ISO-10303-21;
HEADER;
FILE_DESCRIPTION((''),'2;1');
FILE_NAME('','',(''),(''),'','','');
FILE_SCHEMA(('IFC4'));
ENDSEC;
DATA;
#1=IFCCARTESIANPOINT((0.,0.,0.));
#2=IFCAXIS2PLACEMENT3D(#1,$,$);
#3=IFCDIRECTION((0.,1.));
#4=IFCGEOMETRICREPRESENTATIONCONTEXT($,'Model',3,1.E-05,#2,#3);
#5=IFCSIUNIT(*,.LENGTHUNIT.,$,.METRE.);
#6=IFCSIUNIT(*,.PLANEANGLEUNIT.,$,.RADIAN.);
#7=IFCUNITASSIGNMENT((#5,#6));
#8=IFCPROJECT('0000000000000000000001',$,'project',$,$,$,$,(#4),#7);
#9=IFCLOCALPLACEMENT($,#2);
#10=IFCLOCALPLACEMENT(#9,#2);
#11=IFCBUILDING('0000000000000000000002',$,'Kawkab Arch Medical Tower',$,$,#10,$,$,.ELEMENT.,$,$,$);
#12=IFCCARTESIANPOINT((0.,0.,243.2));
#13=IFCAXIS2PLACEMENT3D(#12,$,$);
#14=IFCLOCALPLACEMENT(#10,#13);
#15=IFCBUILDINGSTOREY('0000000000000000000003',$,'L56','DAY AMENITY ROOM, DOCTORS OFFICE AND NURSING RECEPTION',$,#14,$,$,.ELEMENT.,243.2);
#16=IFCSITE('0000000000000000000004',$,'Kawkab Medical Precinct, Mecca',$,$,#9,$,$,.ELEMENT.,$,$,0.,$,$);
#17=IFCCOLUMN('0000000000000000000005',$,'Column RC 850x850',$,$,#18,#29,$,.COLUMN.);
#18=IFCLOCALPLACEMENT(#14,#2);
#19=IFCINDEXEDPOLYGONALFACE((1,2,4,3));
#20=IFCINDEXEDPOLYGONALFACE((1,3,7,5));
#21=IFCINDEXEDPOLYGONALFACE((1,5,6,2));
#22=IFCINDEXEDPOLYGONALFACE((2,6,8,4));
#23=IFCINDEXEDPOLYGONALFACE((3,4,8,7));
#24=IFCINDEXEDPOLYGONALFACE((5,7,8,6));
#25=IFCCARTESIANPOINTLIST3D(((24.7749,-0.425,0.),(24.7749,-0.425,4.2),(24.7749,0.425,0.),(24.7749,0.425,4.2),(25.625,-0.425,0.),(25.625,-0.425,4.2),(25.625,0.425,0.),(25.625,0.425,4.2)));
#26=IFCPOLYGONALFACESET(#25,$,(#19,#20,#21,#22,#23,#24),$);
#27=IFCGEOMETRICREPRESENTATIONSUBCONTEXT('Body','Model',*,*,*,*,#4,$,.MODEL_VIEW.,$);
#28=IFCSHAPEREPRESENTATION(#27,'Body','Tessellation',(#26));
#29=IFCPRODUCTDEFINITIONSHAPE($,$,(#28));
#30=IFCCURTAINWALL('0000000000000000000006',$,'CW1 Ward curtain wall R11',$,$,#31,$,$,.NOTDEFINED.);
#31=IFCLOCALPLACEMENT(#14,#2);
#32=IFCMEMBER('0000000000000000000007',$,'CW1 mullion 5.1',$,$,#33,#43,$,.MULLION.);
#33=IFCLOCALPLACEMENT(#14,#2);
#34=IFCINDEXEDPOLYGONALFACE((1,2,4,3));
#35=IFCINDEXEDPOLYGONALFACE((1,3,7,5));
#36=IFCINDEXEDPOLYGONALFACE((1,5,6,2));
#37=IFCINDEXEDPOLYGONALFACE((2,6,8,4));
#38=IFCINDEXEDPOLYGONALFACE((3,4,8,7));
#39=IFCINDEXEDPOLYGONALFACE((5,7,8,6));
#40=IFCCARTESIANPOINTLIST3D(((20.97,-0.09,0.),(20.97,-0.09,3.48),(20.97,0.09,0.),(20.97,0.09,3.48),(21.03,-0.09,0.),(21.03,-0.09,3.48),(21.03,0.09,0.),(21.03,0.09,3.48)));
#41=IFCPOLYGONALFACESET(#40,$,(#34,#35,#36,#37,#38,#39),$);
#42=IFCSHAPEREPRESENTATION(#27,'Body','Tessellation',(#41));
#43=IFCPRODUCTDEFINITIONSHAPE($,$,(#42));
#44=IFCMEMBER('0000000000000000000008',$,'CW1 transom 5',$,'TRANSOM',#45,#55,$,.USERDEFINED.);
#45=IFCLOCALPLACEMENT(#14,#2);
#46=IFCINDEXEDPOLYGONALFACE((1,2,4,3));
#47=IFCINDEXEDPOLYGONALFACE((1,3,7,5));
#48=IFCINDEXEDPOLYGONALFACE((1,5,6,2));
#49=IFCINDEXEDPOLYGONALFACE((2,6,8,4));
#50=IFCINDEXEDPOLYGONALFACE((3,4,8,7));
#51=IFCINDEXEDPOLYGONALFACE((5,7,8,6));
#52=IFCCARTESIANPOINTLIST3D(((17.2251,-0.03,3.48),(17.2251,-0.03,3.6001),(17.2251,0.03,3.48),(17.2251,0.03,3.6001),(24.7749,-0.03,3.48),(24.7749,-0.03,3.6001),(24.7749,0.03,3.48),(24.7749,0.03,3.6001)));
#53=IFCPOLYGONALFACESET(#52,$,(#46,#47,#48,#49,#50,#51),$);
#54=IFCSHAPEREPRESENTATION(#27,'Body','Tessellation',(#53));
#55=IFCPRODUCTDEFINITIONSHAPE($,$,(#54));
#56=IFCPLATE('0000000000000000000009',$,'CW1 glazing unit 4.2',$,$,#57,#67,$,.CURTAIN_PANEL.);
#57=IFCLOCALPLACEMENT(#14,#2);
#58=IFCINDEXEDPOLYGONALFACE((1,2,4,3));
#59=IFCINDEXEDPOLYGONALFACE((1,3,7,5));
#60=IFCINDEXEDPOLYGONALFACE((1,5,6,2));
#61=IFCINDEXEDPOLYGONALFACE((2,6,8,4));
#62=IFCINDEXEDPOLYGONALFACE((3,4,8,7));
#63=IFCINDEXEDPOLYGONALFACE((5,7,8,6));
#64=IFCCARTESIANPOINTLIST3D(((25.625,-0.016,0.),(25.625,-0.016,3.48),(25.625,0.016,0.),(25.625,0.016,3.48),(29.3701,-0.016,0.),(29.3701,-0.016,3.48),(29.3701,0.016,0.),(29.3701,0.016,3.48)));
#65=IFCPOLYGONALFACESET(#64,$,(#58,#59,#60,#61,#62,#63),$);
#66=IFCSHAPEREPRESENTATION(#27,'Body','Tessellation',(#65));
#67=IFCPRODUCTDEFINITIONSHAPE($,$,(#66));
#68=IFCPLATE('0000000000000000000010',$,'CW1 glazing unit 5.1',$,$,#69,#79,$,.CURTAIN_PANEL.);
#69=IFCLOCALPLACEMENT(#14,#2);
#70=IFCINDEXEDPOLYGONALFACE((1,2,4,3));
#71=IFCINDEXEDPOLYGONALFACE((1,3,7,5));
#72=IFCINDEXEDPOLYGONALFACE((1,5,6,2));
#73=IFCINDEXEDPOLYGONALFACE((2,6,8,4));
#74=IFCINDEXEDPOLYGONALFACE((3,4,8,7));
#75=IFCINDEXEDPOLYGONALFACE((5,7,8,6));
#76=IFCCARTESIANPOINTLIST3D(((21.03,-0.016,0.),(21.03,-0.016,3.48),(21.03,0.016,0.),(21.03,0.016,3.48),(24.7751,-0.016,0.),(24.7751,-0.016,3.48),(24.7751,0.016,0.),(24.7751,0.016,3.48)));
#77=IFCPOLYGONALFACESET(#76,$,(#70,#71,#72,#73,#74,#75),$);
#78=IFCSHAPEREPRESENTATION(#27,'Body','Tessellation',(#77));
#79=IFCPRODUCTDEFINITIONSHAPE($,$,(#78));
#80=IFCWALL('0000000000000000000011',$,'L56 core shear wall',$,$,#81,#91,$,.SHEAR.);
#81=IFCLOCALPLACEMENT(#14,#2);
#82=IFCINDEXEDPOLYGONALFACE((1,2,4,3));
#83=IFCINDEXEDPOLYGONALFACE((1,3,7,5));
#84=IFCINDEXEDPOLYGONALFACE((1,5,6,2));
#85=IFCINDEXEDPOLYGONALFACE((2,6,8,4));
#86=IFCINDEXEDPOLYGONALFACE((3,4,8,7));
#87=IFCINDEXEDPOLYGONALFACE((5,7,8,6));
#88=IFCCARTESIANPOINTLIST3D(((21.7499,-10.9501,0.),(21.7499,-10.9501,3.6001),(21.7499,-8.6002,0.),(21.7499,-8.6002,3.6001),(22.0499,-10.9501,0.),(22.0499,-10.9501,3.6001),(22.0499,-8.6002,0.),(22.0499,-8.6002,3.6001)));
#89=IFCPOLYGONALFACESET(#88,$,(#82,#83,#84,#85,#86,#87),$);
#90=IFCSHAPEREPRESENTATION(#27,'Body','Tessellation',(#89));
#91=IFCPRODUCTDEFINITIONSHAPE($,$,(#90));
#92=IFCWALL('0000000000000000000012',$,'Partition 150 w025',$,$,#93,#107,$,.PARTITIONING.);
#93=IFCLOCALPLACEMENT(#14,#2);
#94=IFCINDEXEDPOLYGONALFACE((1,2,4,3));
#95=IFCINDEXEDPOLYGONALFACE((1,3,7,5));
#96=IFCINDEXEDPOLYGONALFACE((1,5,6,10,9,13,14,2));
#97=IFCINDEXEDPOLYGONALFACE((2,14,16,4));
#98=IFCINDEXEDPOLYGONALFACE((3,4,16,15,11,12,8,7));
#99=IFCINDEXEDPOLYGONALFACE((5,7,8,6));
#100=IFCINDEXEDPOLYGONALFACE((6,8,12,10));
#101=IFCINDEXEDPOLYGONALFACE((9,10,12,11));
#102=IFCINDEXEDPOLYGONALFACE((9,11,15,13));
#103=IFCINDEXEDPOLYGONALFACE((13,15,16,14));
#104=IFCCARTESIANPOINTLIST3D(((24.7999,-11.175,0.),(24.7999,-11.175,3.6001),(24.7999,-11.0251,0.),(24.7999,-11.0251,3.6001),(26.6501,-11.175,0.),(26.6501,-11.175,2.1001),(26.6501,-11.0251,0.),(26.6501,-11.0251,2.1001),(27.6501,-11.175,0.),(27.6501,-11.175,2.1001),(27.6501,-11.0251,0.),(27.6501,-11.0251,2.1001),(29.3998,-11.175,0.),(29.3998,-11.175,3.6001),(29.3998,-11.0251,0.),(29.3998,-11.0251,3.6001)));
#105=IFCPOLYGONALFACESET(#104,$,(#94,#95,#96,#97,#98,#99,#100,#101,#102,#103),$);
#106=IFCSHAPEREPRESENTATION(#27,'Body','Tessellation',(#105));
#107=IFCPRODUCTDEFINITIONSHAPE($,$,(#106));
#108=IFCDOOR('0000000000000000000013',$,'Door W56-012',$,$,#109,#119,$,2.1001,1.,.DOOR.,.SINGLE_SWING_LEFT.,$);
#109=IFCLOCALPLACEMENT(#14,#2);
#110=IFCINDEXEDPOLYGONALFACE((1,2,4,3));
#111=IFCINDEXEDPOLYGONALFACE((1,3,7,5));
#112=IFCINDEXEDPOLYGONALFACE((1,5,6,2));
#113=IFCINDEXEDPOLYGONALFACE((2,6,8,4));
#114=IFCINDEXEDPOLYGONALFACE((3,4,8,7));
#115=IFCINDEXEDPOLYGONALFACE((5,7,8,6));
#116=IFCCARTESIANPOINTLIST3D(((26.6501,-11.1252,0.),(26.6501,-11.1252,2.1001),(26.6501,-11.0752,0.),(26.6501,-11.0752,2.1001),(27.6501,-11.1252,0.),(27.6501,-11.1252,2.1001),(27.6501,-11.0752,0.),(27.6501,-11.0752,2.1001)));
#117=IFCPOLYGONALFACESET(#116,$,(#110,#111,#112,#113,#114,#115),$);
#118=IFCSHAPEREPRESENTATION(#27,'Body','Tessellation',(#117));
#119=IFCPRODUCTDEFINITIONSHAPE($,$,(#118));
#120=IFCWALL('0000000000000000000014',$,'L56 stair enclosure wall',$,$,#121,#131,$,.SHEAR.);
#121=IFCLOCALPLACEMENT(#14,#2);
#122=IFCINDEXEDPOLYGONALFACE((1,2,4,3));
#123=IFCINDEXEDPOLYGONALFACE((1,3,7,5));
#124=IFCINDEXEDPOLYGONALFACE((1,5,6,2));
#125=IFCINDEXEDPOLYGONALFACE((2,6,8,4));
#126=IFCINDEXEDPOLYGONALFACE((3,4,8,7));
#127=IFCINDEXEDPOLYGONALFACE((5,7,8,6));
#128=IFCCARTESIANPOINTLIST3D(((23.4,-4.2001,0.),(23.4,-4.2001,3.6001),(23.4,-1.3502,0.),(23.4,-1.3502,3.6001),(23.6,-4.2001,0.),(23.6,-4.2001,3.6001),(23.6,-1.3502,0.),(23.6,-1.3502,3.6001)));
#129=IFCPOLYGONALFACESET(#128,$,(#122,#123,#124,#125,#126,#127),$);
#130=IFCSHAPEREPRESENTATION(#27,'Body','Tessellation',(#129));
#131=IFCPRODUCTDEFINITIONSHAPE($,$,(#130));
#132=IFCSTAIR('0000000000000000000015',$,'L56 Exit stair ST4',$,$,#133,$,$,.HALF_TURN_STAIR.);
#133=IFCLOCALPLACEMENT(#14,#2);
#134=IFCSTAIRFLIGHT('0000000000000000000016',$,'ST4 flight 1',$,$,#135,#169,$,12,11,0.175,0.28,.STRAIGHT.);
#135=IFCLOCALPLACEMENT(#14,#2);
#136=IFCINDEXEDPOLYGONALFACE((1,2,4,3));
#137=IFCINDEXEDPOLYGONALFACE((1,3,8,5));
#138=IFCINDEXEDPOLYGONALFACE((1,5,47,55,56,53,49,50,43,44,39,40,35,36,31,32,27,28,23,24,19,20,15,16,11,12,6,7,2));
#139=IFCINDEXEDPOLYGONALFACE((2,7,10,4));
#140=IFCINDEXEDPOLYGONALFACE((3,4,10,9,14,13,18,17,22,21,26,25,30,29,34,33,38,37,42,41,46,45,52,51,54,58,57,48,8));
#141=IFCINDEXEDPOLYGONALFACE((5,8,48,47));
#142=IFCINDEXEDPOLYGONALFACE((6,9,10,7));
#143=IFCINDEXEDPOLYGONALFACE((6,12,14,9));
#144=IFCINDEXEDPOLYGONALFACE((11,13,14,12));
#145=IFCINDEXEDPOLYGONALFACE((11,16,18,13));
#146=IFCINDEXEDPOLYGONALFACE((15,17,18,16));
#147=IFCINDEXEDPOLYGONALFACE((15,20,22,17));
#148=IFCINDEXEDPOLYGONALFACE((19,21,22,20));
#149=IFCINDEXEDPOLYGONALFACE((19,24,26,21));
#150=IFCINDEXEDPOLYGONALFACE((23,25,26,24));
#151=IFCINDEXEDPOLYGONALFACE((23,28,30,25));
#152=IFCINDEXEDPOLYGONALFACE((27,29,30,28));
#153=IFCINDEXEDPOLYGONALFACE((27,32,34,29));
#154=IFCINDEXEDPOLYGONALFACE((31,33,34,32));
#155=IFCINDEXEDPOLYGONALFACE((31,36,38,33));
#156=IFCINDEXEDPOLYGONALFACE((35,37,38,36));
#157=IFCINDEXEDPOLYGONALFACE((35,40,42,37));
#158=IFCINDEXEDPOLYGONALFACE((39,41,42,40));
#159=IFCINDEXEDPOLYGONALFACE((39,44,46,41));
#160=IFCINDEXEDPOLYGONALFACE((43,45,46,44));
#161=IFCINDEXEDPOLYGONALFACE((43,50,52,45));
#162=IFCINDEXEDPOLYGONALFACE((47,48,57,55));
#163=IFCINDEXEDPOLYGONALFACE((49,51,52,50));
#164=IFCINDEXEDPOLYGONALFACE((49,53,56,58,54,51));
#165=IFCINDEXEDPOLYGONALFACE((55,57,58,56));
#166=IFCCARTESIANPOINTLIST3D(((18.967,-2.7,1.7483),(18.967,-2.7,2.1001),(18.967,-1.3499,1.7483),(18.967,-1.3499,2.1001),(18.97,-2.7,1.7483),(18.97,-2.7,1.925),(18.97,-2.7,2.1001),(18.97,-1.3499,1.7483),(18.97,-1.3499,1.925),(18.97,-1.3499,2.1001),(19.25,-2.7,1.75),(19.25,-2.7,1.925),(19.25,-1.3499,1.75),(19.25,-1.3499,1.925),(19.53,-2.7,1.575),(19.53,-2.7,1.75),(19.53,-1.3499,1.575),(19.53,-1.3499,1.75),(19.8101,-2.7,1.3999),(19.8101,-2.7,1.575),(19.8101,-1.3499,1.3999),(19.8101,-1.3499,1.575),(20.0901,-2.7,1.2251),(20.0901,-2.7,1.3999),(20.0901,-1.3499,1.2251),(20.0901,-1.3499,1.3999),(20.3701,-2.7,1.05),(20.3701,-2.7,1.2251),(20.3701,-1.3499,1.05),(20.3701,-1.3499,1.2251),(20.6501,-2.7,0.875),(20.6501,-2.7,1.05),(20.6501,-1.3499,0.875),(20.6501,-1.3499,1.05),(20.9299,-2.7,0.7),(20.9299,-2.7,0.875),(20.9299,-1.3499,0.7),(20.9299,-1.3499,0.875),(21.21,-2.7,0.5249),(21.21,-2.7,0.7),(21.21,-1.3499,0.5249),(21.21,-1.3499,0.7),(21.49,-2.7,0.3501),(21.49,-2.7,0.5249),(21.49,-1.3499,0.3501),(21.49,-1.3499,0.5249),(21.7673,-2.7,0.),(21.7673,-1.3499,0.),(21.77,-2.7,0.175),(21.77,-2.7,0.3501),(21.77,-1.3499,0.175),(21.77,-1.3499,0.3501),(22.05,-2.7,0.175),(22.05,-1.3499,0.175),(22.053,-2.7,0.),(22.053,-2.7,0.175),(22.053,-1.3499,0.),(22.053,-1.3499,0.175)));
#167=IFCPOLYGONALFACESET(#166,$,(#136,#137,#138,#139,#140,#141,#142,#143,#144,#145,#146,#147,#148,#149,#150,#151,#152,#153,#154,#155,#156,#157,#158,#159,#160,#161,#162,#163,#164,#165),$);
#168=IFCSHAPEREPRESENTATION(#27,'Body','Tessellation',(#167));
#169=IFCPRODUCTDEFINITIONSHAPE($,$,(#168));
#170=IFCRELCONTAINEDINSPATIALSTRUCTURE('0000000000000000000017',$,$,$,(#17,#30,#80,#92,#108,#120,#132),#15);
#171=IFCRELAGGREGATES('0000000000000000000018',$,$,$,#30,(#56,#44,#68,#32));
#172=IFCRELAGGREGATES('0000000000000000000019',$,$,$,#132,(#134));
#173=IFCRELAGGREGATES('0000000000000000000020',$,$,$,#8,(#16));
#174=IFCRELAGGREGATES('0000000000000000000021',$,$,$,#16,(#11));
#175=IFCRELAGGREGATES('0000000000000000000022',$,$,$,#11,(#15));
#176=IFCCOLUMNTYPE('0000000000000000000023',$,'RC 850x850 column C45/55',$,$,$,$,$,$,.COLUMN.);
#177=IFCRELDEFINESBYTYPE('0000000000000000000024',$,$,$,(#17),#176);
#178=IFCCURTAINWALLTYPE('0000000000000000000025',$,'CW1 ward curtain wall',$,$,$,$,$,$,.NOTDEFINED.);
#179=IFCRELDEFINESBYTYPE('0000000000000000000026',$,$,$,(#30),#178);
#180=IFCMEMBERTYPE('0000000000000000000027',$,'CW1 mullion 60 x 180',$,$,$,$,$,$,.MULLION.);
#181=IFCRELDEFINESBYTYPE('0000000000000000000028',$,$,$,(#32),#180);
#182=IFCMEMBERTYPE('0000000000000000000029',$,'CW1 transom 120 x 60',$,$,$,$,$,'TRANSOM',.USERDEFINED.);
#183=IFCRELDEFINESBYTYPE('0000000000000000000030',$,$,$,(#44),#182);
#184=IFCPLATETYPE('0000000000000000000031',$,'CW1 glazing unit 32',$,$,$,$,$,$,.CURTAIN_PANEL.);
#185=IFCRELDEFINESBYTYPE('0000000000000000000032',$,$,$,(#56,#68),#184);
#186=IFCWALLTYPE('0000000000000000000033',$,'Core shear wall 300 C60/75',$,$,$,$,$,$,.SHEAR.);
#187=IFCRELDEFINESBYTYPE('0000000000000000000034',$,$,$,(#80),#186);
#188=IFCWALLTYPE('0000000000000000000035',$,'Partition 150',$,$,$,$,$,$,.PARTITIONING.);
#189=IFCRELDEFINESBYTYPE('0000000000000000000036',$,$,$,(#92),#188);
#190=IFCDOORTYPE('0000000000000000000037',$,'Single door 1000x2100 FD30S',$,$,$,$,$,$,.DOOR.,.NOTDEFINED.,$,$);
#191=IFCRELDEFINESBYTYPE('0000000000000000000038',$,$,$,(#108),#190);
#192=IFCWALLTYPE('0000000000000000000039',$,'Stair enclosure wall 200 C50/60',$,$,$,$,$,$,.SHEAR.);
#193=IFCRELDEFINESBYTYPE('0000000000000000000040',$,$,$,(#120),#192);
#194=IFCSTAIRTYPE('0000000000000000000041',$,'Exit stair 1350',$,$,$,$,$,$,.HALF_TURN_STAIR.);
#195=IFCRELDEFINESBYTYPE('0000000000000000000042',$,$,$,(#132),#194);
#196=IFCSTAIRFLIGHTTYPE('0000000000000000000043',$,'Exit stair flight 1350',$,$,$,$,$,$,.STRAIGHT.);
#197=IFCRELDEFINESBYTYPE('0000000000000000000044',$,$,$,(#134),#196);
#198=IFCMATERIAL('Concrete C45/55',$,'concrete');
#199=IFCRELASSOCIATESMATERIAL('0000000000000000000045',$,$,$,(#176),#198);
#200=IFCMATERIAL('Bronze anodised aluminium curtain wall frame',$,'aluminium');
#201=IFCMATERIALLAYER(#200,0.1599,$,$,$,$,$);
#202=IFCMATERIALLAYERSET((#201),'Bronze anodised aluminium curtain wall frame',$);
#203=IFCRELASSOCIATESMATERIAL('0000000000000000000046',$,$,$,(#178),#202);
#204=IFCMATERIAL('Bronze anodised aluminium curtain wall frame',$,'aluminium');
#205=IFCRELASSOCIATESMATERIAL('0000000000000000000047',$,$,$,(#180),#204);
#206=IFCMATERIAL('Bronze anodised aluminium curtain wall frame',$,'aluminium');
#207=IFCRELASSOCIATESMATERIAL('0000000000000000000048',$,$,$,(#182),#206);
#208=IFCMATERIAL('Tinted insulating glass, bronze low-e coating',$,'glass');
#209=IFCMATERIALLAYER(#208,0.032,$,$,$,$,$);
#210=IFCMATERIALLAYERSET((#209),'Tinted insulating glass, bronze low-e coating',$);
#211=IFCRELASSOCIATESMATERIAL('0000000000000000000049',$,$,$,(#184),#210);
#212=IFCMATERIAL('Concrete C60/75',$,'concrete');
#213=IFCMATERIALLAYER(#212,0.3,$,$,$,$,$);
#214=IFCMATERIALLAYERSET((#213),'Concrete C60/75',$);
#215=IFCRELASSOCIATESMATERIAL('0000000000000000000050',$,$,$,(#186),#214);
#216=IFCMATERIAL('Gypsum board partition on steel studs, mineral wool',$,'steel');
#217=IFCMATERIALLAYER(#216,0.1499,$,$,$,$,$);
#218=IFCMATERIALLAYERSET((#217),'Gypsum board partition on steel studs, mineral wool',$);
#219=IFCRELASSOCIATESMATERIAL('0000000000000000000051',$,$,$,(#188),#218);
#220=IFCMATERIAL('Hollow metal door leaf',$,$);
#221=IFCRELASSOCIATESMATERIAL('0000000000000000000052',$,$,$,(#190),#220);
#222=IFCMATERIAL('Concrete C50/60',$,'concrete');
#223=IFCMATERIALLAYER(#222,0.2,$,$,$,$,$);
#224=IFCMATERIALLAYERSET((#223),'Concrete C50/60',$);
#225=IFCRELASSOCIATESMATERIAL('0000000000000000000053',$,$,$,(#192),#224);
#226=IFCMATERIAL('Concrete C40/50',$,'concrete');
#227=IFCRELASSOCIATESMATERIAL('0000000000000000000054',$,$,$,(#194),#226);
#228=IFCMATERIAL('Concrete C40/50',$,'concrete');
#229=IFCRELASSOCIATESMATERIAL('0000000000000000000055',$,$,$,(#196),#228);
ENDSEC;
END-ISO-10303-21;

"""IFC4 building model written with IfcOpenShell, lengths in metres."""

from ifc_helpers import new_model, si_unit, direction, frame, frame_2d, origin, origin_2d, place, context, subcontext, project, spatial, polyline, rectangle, outline, extrude, material, layer, layer_set, material_profile, profile_set, type_object, element, fill, aggregate, save


model = new_model("IFC4")

# Units and contexts
model_context = context("Model", 3, precision=1e-05, world=origin(), true_north=direction((0.0, 1.0)))
body_context = subcontext(model_context, "Body", "Model", "MODEL_VIEW")
ifc_project = project(units=[si_unit("LENGTHUNIT", "METRE"), si_unit("PLANEANGLEUNIT", "RADIAN")], contexts=[model_context])

# Site, building, storey
site_placement = place(None, origin())
site = spatial("IfcSite", under=ifc_project, at=site_placement, Name="Kawkab Medical Precinct, Mecca", CompositionType="ELEMENT", RefElevation=0.0)
building_placement = place(site_placement, origin())
building = spatial("IfcBuilding", under=site, at=building_placement, Name="Kawkab Arch Medical Tower", CompositionType="ELEMENT")
storey_placement = place(building_placement, frame((0.0, 0.0, 243.2)))
storey = spatial("IfcBuildingStorey", under=building, at=storey_placement, Name="L56", Description="DAY AMENITY ROOM, DOCTORS OFFICE AND NURSING RECEPTION", CompositionType="ELEMENT", Elevation=243.2)

# Column
ifc_material_1 = material(Name="Concrete C45/55", Category="concrete")
ifc_material_profile_1 = material_profile(ifc_material_1, rectangle(XDim=0.8501, YDim=0.8501, at=origin_2d()), Name="RC 850x850")
ifc_profile_set_1 = profile_set([ifc_material_profile_1], Name="Concrete C45/55")
column_type = type_object("IfcColumnType", Name="RC 850x850 column C45/55", PredefinedType="COLUMN", material=ifc_profile_set_1)
column_placement = place(storey_placement, frame((25.2, 0.0, 0.0), z_axis=(0.0, 0.0, 1.0), x_axis=(1.0, 0.0, 0.0)))
element("IfcColumn", 1, at=column_placement, inside=storey, type_object=column_type, Name="Column RC 850x850", PredefinedType="COLUMN", context=body_context, shape_type="SweptSolid", body=[
    extrude(rectangle(XDim=0.8501, YDim=0.8501, at=origin_2d()), origin(), (0.0, 0.0, 1.0), 4.2),
])

# Curtain wall, members, plates
ifc_material_2 = material(Name="Bronze anodised aluminium curtain wall frame", Category="aluminium")
ifc_layer_1 = layer(ifc_material_2, 0.1599)
ifc_layer_set_1 = layer_set([ifc_layer_1], Name="Bronze anodised aluminium curtain wall frame")
curtain_wall_type = type_object("IfcCurtainWallType", Name="CW1 ward curtain wall", PredefinedType="NOTDEFINED", material=ifc_layer_set_1)
placement = place(storey_placement, origin())
curtain_wall = element("IfcCurtainWall", 2, at=placement, inside=storey, type_object=curtain_wall_type, Name="CW1 Ward curtain wall R11", PredefinedType="NOTDEFINED")
ifc_material_3 = material(Name="Bronze anodised aluminium curtain wall frame", Category="aluminium")
ifc_material_profile_2 = material_profile(ifc_material_3, rectangle(XDim=0.1799, YDim=0.0601, at=origin_2d()), Name="AL 60x180")
ifc_profile_set_2 = profile_set([ifc_material_profile_2], Name="Bronze anodised aluminium curtain wall frame")
member_type_1 = type_object("IfcMemberType", Name="CW1 mullion 60 x 180", PredefinedType="MULLION", material=ifc_profile_set_2)
member_1_placement = place(storey_placement, frame((21.0, 0.0, 0.0), z_axis=(0.0, 0.0, 1.0), x_axis=(0.0, -1.0, 0.0)))
member_1 = element("IfcMember", 3, at=member_1_placement, type_object=member_type_1, Name="CW1 mullion 5.1", PredefinedType="MULLION", context=body_context, shape_type="SweptSolid", body=[
    extrude(rectangle(XDim=0.1799, YDim=0.0601, at=origin_2d()), origin(), (0.0, 0.0, 1.0), 3.48),
])
ifc_material_4 = material(Name="Bronze anodised aluminium curtain wall frame", Category="aluminium")
ifc_material_profile_3 = material_profile(ifc_material_4, rectangle(XDim=0.0601, YDim=0.1201, at=origin_2d()), Name="AL 60x120")
ifc_profile_set_3 = profile_set([ifc_material_profile_3], Name="Bronze anodised aluminium curtain wall frame")
member_type_2 = type_object("IfcMemberType", Name="CW1 transom 120 x 60", ElementType="TRANSOM", PredefinedType="USERDEFINED", material=ifc_profile_set_3)
member_2_placement = place(storey_placement, frame((24.7749, 0.0, 3.54), z_axis=(-1.0, 0.0, 0.0), x_axis=(0.0, -1.0, 0.0)))
member_2 = element("IfcMember", 4, at=member_2_placement, type_object=member_type_2, Name="CW1 transom 5", ObjectType="TRANSOM", PredefinedType="USERDEFINED", context=body_context, shape_type="SweptSolid", body=[
    extrude(rectangle(XDim=0.0601, YDim=0.1201, at=origin_2d()), origin(), (0.0, 0.0, 1.0), 7.5498),
])
ifc_material_5 = material(Name="Tinted insulating glass, bronze low-e coating", Category="glass")
ifc_layer_2 = layer(ifc_material_5, 0.032)
ifc_layer_set_2 = layer_set([ifc_layer_2], Name="Tinted insulating glass, bronze low-e coating")
plate_type = type_object("IfcPlateType", Name="CW1 glazing unit 32", PredefinedType="CURTAIN_PANEL", material=ifc_layer_set_2)
plate_1_placement = place(storey_placement, frame((27.4976, 0.0, 0.0), z_axis=(0.0, 0.0, 1.0), x_axis=(-1.0, 0.0, 0.0)))
plate_1 = element("IfcPlate", 5, at=plate_1_placement, type_object=plate_type, Name="CW1 glazing unit 4.2", PredefinedType="CURTAIN_PANEL", context=body_context, shape_type="SweptSolid", body=[
    extrude(rectangle(XDim=3.7451, YDim=0.032, at=origin_2d()), origin(), (0.0, 0.0, 1.0), 3.48),
])
plate_2_placement = place(storey_placement, frame((22.9026, 0.0, 0.0), z_axis=(0.0, 0.0, 1.0), x_axis=(-1.0, 0.0, 0.0)))
plate_2 = element("IfcPlate", 6, at=plate_2_placement, type_object=plate_type, Name="CW1 glazing unit 5.1", PredefinedType="CURTAIN_PANEL", context=body_context, shape_type="SweptSolid", body=[
    extrude(rectangle(XDim=3.7451, YDim=0.032, at=origin_2d()), origin(), (0.0, 0.0, 1.0), 3.48),
])
aggregate(curtain_wall, [plate_1, member_2, plate_2, member_1])

# Wall
ifc_material_6 = material(Name="Concrete C60/75", Category="concrete")
ifc_layer_3 = layer(ifc_material_6, 0.3)
ifc_layer_set_3 = layer_set([ifc_layer_3], Name="Concrete C60/75")
wall_type_1 = type_object("IfcWallType", Name="Core shear wall 300 C60/75", PredefinedType="SHEAR", material=ifc_layer_set_3)
wall_1_placement = place(storey_placement, frame((21.8999, -10.95, 0.0), z_axis=(0.0, 0.0, 1.0), x_axis=(0.0, 1.0, 0.0)))
element("IfcWall", 7, at=wall_1_placement, inside=storey, type_object=wall_type_1, Name="L56 core shear wall", PredefinedType="SHEAR", context=body_context, shape_type="SweptSolid", body=[
    extrude(rectangle(XDim=2.3499, YDim=0.3, at=frame_2d((1.1748, 0.0))), origin(), (0.0, 0.0, 1.0), 3.6001),
])

# Wall, opening, door
ifc_material_7 = material(Name="Gypsum board partition on steel studs, mineral wool", Category="steel")
ifc_layer_4 = layer(ifc_material_7, 0.1499)
ifc_layer_set_4 = layer_set([ifc_layer_4], Name="Gypsum board partition on steel studs, mineral wool")
wall_type_2 = type_object("IfcWallType", Name="Partition 150", PredefinedType="PARTITIONING", material=ifc_layer_set_4)
wall_2_placement = place(storey_placement, frame((24.8, -11.1001, 0.0), z_axis=(0.0, 0.0, 1.0), x_axis=(1.0, 0.0, 0.0)))
wall_2 = element("IfcWall", 8, at=wall_2_placement, inside=storey, type_object=wall_type_2, Name="Partition 150 w025", PredefinedType="PARTITIONING", context=body_context, shape_type="SweptSolid", body=[
    extrude(rectangle(XDim=4.5999, YDim=0.1499, at=frame_2d((2.2998, 0.0))), origin(), (0.0, 0.0, 1.0), 3.6001),
])
opening_placement = place(wall_2_placement, frame((1.8501, 0.0, 0.0)))
opening = element("IfcOpeningElement", 9, at=opening_placement, cuts=wall_2, PredefinedType="OPENING", context=body_context, shape_type="SweptSolid", body=[
    extrude(rectangle(XDim=1.0, YDim=2.1001, at=frame_2d((0.5, 1.05))), frame((0.0, 0.085, 0.0), z_axis=(0.0, -1.0, 0.0), x_axis=(1.0, 0.0, 0.0)), (0.0, 0.0, 1.0), 0.1699),
])
ifc_material_8 = material(Name="Hollow metal door leaf")
door_type = type_object("IfcDoorType", Name="Single door 1000x2100 FD30S", OperationType="NOTDEFINED", PredefinedType="DOOR", material=ifc_material_8)
door_placement = place(opening_placement, origin())
door = element("IfcDoor", 10, at=door_placement, inside=storey, type_object=door_type, Name="Door W56-012", OperationType="SINGLE_SWING_LEFT", OverallHeight=2.1001, OverallWidth=1.0, PredefinedType="DOOR", context=body_context, shape_type="SweptSolid", body=[
    extrude(rectangle(XDim=1.0, YDim=2.1001, at=frame_2d((0.5, 1.05))), frame((0.0, 0.0249, 0.0), z_axis=(0.0, -1.0, 0.0), x_axis=(1.0, 0.0, 0.0)), (0.0, 0.0, 1.0), 0.05),
])
fill(opening, door)

# Wall
ifc_material_9 = material(Name="Concrete C50/60", Category="concrete")
ifc_layer_5 = layer(ifc_material_9, 0.2)
ifc_layer_set_5 = layer_set([ifc_layer_5], Name="Concrete C50/60")
wall_type_3 = type_object("IfcWallType", Name="Stair enclosure wall 200 C50/60", PredefinedType="SHEAR", material=ifc_layer_set_5)
wall_3_placement = place(storey_placement, frame((23.5, -4.2, 0.0), z_axis=(0.0, 0.0, 1.0), x_axis=(0.0, 1.0, 0.0)))
element("IfcWall", 11, at=wall_3_placement, inside=storey, type_object=wall_type_3, Name="L56 stair enclosure wall", PredefinedType="SHEAR", context=body_context, shape_type="SweptSolid", body=[
    extrude(rectangle(XDim=2.8499, YDim=0.2, at=frame_2d((1.4248, 0.0))), origin(), (0.0, 0.0, 1.0), 3.6001),
])

# Stair, stair flight
ifc_material_10 = material(Name="Concrete C40/50", Category="concrete")
stair_type = type_object("IfcStairType", Name="Exit stair 1350", PredefinedType="HALF_TURN_STAIR", material=ifc_material_10)
stair = element("IfcStair", 12, at=placement, inside=storey, type_object=stair_type, Name="L56 Exit stair ST4", PredefinedType="HALF_TURN_STAIR")
ifc_material_11 = material(Name="Concrete C40/50", Category="concrete")
stair_flight_type = type_object("IfcStairFlightType", Name="Exit stair flight 1350", PredefinedType="STRAIGHT", material=ifc_material_11)
stair_flight_placement = place(storey_placement, frame((22.05, -2.0249, 0.0), z_axis=(0.0, 0.0, 1.0), x_axis=(-1.0, 0.0, 0.0)))
stair_flight = element("IfcStairFlight", 13, at=stair_flight_placement, type_object=stair_flight_type, Name="ST4 flight 1", NumberOfRisers=12, NumberOfTreads=11, PredefinedType="STRAIGHT", RiserHeight=0.175, TreadLength=0.28, context=body_context, shape_type="SweptSolid", body=[
    extrude(outline(polyline([(-0.0029, 0.0), (-0.0029, 0.175), (0.0, 0.175), (0.28, 0.175), (0.28, 0.3501), (0.5601, 0.3501), (0.5601, 0.5249), (0.8401, 0.5249), (0.8401, 0.7), (1.1201, 0.7), (1.1201, 0.875), (1.3999, 0.875), (1.3999, 1.05), (1.6799, 1.05), (1.6799, 1.2251), (1.96, 1.2251), (1.96, 1.3999), (2.24, 1.3999), (2.24, 1.575), (2.52, 1.575), (2.52, 1.75), (2.8, 1.75), (2.8, 1.925), (3.0801, 1.925), (3.0801, 2.1001), (3.083, 2.1001), (3.083, 1.7483), (3.0801, 1.7483), (0.2827, 0.0), (-0.0029, 0.0)])), frame((0.0, 0.675, 0.0), z_axis=(0.0, -1.0, 0.0), x_axis=(1.0, 0.0, 0.0)), (0.0, 0.0, 1.0), 1.3501),
])
aggregate(stair, [stair_flight])

save(model, "model.ifc")
